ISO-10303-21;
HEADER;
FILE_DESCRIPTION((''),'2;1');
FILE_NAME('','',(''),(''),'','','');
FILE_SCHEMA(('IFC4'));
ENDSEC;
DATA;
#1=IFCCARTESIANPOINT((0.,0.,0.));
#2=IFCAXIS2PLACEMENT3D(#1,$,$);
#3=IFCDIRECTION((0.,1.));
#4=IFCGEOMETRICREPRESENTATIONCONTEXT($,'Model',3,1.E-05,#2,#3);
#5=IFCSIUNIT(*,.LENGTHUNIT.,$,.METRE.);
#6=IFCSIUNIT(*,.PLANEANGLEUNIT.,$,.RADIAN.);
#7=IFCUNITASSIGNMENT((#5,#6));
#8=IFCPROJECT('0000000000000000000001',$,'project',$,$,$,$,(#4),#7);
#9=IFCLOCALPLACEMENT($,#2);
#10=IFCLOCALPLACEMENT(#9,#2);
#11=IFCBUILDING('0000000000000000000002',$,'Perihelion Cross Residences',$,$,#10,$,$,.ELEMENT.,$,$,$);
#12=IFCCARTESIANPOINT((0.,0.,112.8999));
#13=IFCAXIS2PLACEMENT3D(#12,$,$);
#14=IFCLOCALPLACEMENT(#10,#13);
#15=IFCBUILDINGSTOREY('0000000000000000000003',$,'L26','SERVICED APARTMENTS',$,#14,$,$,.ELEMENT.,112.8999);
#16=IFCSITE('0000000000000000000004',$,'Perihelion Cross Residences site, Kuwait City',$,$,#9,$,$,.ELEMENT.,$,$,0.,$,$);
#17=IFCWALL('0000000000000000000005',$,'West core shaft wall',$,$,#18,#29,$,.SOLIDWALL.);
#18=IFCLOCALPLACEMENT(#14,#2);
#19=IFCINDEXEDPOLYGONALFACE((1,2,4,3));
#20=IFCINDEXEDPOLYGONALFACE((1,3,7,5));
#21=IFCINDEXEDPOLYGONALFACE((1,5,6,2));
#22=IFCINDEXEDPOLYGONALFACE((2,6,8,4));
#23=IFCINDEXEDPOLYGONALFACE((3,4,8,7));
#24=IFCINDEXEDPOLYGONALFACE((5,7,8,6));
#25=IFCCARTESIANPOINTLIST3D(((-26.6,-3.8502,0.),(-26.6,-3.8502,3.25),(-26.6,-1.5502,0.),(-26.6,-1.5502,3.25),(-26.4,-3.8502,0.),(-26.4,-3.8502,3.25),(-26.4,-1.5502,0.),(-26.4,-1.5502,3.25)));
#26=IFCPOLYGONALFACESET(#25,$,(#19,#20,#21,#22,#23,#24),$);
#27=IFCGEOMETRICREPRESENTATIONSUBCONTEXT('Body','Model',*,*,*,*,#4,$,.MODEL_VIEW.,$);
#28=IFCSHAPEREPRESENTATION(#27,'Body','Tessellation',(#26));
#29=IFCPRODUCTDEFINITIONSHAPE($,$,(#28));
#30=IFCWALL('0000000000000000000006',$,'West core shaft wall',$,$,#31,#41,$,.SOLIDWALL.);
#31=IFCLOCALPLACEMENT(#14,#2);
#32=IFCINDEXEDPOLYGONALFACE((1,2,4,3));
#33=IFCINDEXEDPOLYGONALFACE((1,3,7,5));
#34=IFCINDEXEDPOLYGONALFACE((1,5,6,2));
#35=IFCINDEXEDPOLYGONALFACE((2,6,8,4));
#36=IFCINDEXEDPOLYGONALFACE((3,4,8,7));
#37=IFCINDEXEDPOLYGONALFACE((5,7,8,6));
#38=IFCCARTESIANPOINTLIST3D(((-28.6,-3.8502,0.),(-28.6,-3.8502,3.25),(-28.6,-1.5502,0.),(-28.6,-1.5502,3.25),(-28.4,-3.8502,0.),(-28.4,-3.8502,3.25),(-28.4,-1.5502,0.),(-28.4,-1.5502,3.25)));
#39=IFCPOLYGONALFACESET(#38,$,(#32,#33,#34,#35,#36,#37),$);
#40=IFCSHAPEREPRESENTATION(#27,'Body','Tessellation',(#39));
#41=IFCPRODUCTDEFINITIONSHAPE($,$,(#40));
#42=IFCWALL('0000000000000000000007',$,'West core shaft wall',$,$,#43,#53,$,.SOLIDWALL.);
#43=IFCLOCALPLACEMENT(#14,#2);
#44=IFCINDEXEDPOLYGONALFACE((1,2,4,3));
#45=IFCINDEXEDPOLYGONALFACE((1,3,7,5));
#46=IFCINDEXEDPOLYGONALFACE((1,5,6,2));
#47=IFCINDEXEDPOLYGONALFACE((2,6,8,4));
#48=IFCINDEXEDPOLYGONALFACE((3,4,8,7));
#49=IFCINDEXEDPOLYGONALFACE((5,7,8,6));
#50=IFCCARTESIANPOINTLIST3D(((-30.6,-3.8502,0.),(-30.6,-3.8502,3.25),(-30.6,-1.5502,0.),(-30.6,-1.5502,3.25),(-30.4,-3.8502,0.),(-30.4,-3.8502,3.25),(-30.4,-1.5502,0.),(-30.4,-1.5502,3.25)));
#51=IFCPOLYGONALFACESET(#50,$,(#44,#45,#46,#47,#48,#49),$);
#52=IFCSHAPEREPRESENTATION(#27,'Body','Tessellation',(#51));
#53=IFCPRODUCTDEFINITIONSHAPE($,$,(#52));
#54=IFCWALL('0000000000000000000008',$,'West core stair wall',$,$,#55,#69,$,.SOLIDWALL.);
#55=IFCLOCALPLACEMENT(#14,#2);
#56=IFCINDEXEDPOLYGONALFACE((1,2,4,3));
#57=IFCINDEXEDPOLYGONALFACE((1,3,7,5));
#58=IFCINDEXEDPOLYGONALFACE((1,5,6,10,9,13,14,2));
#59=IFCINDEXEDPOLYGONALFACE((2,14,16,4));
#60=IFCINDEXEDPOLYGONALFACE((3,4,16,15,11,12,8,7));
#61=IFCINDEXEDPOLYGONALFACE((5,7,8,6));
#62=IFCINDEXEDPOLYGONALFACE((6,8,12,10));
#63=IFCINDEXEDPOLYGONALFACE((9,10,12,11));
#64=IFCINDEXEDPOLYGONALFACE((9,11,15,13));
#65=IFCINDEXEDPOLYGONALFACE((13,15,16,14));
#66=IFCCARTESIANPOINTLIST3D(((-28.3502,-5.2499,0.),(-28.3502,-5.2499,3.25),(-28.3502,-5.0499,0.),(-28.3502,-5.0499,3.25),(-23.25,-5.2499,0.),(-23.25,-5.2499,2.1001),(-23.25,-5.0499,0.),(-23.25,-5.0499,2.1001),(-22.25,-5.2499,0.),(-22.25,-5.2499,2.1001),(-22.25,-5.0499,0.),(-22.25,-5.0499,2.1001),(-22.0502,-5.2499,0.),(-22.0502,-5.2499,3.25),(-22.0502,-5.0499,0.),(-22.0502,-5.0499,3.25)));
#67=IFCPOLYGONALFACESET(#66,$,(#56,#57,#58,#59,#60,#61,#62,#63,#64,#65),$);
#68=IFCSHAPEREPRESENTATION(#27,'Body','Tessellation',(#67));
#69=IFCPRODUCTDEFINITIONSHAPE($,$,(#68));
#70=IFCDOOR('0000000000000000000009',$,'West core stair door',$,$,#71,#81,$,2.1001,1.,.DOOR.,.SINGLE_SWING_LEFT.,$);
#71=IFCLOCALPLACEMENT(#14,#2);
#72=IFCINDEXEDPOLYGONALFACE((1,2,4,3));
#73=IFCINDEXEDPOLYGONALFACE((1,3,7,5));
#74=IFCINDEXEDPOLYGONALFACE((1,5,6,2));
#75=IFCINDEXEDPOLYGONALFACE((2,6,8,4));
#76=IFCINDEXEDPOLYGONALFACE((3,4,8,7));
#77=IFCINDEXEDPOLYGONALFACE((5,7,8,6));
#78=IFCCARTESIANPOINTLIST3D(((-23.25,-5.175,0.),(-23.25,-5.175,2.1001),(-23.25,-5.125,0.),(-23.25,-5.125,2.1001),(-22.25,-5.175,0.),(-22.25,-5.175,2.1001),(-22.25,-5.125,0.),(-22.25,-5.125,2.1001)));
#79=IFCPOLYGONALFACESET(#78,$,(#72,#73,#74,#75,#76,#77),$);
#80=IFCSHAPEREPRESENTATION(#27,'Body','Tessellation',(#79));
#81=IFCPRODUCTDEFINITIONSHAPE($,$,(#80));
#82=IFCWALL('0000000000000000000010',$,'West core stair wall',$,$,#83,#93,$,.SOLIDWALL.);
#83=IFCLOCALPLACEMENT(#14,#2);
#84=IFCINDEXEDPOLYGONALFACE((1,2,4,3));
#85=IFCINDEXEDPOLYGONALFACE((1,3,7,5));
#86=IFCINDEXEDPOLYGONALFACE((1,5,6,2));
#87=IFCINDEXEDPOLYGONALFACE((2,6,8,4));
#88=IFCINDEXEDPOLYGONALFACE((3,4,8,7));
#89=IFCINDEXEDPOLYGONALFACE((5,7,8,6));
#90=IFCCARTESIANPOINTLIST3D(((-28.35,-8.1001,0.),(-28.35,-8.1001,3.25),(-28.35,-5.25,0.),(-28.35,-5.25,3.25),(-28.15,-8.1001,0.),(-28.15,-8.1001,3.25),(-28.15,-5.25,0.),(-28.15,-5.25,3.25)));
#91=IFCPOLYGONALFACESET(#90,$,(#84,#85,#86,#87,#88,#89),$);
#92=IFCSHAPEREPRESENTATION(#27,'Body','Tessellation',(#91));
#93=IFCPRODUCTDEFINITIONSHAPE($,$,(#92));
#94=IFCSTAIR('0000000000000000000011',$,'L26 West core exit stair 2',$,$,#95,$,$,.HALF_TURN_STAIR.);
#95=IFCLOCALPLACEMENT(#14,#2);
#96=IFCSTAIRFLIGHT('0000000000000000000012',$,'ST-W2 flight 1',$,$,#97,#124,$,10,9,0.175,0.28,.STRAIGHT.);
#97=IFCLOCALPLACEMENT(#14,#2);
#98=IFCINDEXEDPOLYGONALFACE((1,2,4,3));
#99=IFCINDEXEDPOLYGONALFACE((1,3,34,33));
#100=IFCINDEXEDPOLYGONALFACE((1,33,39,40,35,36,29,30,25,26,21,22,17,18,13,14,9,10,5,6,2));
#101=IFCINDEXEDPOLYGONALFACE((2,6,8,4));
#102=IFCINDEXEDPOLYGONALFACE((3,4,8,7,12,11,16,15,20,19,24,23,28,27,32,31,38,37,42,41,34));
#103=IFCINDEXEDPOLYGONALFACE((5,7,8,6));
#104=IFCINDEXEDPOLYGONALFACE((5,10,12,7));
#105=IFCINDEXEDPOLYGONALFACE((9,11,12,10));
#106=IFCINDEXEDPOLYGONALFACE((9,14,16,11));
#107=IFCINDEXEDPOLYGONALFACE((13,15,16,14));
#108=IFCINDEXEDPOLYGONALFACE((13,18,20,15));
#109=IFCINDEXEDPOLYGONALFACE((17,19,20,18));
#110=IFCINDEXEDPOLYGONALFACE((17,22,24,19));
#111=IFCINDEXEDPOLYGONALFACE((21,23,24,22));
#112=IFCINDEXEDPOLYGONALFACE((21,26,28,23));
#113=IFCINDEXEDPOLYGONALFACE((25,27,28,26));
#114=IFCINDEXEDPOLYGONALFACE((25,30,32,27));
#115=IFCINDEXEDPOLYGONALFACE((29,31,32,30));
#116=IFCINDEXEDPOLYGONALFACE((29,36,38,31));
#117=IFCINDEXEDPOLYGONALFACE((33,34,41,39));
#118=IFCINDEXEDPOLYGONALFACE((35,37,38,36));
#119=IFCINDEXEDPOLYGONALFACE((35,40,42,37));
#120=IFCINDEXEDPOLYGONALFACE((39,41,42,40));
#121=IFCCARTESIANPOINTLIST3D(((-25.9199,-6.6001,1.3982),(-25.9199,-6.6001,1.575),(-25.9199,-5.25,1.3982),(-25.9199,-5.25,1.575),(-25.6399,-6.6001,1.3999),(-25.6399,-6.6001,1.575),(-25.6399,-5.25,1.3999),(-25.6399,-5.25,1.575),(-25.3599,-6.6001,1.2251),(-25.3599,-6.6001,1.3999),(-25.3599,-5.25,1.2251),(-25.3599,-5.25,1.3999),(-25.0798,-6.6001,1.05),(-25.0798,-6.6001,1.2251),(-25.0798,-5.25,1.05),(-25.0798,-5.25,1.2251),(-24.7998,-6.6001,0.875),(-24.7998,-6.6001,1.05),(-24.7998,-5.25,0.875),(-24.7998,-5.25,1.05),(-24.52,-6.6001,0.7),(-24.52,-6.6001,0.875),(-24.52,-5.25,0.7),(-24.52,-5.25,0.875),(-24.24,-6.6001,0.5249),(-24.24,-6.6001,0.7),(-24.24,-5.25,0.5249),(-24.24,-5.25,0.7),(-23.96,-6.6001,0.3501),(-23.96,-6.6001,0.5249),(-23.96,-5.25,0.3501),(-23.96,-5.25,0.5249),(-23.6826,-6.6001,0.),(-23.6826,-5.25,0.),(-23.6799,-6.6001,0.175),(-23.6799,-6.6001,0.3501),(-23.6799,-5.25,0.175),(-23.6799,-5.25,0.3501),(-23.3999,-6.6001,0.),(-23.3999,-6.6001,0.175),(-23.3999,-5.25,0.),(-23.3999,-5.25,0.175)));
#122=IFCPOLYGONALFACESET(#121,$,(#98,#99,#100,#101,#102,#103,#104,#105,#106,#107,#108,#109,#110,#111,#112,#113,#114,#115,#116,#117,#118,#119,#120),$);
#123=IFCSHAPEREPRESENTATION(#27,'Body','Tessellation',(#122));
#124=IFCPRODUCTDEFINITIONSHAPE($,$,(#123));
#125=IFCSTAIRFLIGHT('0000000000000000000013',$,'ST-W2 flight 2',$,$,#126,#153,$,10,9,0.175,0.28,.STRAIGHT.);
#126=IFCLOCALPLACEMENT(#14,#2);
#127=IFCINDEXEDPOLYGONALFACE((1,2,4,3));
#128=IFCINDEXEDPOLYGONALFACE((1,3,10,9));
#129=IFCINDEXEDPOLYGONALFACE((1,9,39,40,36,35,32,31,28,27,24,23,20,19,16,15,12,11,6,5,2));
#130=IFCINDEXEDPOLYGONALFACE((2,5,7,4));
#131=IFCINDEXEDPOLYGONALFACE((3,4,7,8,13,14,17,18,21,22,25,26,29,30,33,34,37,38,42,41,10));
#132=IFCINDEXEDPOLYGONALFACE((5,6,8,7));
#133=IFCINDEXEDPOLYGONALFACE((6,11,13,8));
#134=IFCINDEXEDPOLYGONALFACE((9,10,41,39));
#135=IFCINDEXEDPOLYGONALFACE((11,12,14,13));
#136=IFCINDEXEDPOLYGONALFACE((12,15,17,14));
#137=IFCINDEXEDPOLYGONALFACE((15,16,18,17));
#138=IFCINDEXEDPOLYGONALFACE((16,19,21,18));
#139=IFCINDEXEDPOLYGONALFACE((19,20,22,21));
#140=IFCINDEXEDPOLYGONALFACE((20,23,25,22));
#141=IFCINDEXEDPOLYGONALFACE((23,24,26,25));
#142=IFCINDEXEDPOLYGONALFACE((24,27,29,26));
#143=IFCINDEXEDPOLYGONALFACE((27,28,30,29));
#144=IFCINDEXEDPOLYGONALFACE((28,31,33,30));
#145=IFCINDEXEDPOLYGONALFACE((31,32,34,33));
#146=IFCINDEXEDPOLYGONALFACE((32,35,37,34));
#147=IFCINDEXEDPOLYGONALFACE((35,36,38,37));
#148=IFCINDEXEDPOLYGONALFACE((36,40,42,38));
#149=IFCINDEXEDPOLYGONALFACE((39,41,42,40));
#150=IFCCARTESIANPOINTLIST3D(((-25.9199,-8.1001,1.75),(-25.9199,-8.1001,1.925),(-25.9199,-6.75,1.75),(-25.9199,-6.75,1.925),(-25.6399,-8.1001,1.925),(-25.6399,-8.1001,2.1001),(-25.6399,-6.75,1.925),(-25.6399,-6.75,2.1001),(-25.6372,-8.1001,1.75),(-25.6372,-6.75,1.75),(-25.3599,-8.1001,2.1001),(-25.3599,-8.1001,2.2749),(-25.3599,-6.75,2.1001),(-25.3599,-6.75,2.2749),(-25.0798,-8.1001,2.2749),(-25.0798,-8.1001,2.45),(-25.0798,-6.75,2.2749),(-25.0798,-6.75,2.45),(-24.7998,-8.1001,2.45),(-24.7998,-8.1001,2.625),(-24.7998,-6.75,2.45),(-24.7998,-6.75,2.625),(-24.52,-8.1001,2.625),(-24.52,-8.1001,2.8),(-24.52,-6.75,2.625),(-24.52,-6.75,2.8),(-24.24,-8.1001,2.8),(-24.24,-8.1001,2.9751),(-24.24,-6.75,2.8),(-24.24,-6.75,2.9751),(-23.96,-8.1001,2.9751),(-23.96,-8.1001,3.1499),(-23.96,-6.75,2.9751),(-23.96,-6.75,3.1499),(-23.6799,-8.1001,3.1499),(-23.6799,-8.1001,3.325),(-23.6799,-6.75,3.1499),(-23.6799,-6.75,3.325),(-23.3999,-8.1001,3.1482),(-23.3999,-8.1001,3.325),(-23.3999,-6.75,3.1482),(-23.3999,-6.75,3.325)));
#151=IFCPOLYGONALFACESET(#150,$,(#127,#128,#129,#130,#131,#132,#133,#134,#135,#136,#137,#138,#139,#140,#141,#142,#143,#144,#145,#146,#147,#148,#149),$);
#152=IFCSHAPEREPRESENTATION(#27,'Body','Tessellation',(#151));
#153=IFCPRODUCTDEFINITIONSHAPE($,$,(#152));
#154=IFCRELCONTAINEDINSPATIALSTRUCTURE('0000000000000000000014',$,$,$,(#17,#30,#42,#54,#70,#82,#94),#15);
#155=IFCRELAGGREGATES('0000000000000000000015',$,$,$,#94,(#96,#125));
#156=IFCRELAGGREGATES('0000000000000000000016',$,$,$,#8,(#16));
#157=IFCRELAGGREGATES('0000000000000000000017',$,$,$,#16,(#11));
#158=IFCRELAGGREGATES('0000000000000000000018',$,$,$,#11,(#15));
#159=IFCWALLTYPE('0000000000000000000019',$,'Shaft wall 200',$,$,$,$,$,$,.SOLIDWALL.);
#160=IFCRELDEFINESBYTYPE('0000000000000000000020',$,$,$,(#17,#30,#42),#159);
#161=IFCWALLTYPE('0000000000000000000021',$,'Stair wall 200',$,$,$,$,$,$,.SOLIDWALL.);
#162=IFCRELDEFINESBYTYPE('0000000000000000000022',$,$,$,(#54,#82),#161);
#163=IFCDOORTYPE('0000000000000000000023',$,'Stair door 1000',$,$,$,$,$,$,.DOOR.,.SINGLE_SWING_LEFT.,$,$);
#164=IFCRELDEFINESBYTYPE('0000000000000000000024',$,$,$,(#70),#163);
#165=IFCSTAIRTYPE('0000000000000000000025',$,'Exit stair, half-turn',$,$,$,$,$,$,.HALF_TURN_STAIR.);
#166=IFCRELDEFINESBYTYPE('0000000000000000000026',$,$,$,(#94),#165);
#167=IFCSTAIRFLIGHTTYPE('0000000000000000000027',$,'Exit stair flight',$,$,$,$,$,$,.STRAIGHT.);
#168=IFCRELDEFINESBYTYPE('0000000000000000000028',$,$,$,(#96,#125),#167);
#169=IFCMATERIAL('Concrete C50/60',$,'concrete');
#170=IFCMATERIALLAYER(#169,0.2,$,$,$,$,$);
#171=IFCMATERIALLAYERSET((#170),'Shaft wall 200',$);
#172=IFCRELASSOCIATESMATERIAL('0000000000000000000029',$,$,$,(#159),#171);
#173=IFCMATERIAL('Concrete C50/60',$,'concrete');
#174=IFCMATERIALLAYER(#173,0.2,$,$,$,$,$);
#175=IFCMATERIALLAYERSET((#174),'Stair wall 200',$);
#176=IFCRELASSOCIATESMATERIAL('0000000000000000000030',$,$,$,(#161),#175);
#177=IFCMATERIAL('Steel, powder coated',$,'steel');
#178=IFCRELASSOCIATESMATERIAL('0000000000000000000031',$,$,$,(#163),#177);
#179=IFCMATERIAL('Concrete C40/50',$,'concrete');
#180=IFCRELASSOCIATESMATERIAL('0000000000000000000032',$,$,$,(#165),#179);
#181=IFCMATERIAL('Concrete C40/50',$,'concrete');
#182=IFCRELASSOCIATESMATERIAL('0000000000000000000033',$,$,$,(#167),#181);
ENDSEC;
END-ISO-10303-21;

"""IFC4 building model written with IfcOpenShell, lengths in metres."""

from ifc_helpers import new_model, si_unit, direction, frame, frame_2d, origin, place, context, subcontext, project, spatial, polyline, rectangle, outline, extrude, material, layer, layer_set, type_object, element, fill, aggregate, save


model = new_model("IFC4")

# Units and contexts
model_context = context("Model", 3, precision=1e-05, world=origin(), true_north=direction((0.0, 1.0)))
body_context = subcontext(model_context, "Body", "Model", "MODEL_VIEW")
ifc_project = project(units=[si_unit("LENGTHUNIT", "METRE"), si_unit("PLANEANGLEUNIT", "RADIAN")], contexts=[model_context])

# Site, building, storey
site_placement = place(None, origin())
site = spatial("IfcSite", under=ifc_project, at=site_placement, Name="Perihelion Cross Residences site, Kuwait City", CompositionType="ELEMENT", RefElevation=0.0)
building_placement = place(site_placement, origin())
building = spatial("IfcBuilding", under=site, at=building_placement, Name="Perihelion Cross Residences", CompositionType="ELEMENT")
storey_placement = place(building_placement, frame((0.0, 0.0, 112.8999)))
storey = spatial("IfcBuildingStorey", under=building, at=storey_placement, Name="L26", Description="SERVICED APARTMENTS", CompositionType="ELEMENT", Elevation=112.8999)

# Shared definitions
ifc_material_1 = material(Name="Concrete C50/60", Category="concrete")
ifc_layer_1 = layer(ifc_material_1, 0.2)
ifc_layer_set_1 = layer_set([ifc_layer_1], Name="Shaft wall 200")
wall_type_1 = type_object("IfcWallType", Name="Shaft wall 200", PredefinedType="SOLIDWALL", material=ifc_layer_set_1)

# Walls
for number, where, z_axis, x_axis, name in (
    (1, (-26.5, -3.8501, 0.0), (0.0, 0.0, 1.0), (0.0, 1.0, 0.0), "West core shaft wall"),
    (2, (-28.5, -3.8501, 0.0), (0.0, 0.0, 1.0), (0.0, 1.0, 0.0), "West core shaft wall"),
    (3, (-30.5, -3.8501, 0.0), (0.0, 0.0, 1.0), (0.0, 1.0, 0.0), "West core shaft wall"),
):
    element("IfcWall", number, at=place(storey_placement, frame(where, z_axis=z_axis, x_axis=x_axis)), inside=storey, type_object=wall_type_1, Name=name, PredefinedType="SOLIDWALL", context=body_context, shape_type="SweptSolid", body=[
        extrude(rectangle(XDim=2.3, YDim=0.2, at=frame_2d((1.1499, 0.0))), origin(), (0.0, 0.0, 1.0), 3.25),
    ])

# Wall, opening, door
ifc_material_2 = material(Name="Concrete C50/60", Category="concrete")
ifc_layer_2 = layer(ifc_material_2, 0.2)
ifc_layer_set_2 = layer_set([ifc_layer_2], Name="Stair wall 200")
wall_type_2 = type_object("IfcWallType", Name="Stair wall 200", PredefinedType="SOLIDWALL", material=ifc_layer_set_2)
wall_1_placement = place(storey_placement, frame((-28.3501, -5.1499, 0.0), z_axis=(0.0, 0.0, 1.0), x_axis=(1.0, 0.0, 0.0)))
wall_1 = element("IfcWall", 4, at=wall_1_placement, inside=storey, type_object=wall_type_2, Name="West core stair wall", PredefinedType="SOLIDWALL", context=body_context, shape_type="SweptSolid", body=[
    extrude(rectangle(XDim=6.3, YDim=0.2, at=frame_2d((3.1499, 0.0))), origin(), (0.0, 0.0, 1.0), 3.25),
])
opening_1_placement = place(wall_1_placement, frame((5.1001, 0.0, 0.0)))
opening_1 = element("IfcOpeningElement", 5, at=opening_1_placement, cuts=wall_1, PredefinedType="OPENING", context=body_context, shape_type="SweptSolid", body=[
    extrude(rectangle(XDim=1.0, YDim=2.1001, at=frame_2d((0.5, 1.05))), frame((0.0, 0.1099, 0.0), z_axis=(0.0, -1.0, 0.0), x_axis=(1.0, 0.0, 0.0)), (0.0, 0.0, 1.0), 0.22),
])
ifc_material_3 = material(Name="Steel, powder coated", Category="steel")
door_type_1 = type_object("IfcDoorType", Name="Stair door 1000", OperationType="SINGLE_SWING_LEFT", PredefinedType="DOOR", material=ifc_material_3)
door_1_placement = place(opening_1_placement, origin())
door_1 = element("IfcDoor", 6, at=door_1_placement, inside=storey, type_object=door_type_1, Name="West core stair door", OperationType="SINGLE_SWING_LEFT", OverallHeight=2.1001, OverallWidth=1.0, PredefinedType="DOOR", context=body_context, shape_type="SweptSolid", body=[
    extrude(rectangle(XDim=1.0, YDim=2.1001, at=frame_2d((0.5, 1.05))), frame((0.0, 0.0249, 0.0), z_axis=(0.0, -1.0, 0.0), x_axis=(1.0, 0.0, 0.0)), (0.0, 0.0, 1.0), 0.05),
])
fill(opening_1, door_1)

# Wall
wall_2_placement = place(storey_placement, frame((-28.25, -8.1001, 0.0), z_axis=(0.0, 0.0, 1.0), x_axis=(0.0, 1.0, 0.0)))
element("IfcWall", 7, at=wall_2_placement, inside=storey, type_object=wall_type_2, Name="West core stair wall", PredefinedType="SOLIDWALL", context=body_context, shape_type="SweptSolid", body=[
    extrude(rectangle(XDim=2.8501, YDim=0.2, at=frame_2d((1.425, 0.0))), origin(), (0.0, 0.0, 1.0), 3.25),
])

# Stair, stair flights
ifc_material_4 = material(Name="Concrete C40/50", Category="concrete")
stair_type = type_object("IfcStairType", Name="Exit stair, half-turn", PredefinedType="HALF_TURN_STAIR", material=ifc_material_4)
stair_placement = place(storey_placement, origin())
stair = element("IfcStair", 8, at=stair_placement, inside=storey, type_object=stair_type, Name="L26 West core exit stair 2", PredefinedType="HALF_TURN_STAIR")
ifc_material_5 = material(Name="Concrete C40/50", Category="concrete")
stair_flight_type = type_object("IfcStairFlightType", Name="Exit stair flight", PredefinedType="STRAIGHT", material=ifc_material_5)
stair_flight_1_placement = place(storey_placement, frame((-23.3999, -5.925, 0.0), z_axis=(0.0, 0.0, 1.0), x_axis=(-1.0, 0.0, 0.0)))
stair_flight_1 = element("IfcStairFlight", 9, at=stair_flight_1_placement, type_object=stair_flight_type, Name="ST-W2 flight 1", NumberOfRisers=10, NumberOfTreads=9, PredefinedType="STRAIGHT", RiserHeight=0.175, TreadLength=0.28, context=body_context, shape_type="SweptSolid", body=[
    extrude(outline(polyline([(0.0, 0.0), (0.0, 0.175), (0.28, 0.175), (0.28, 0.3501), (0.5601, 0.3501), (0.5601, 0.5249), (0.8401, 0.5249), (0.8401, 0.7), (1.1201, 0.7), (1.1201, 0.875), (1.3999, 0.875), (1.3999, 1.05), (1.6799, 1.05), (1.6799, 1.2251), (1.96, 1.2251), (1.96, 1.3999), (2.24, 1.3999), (2.24, 1.575), (2.52, 1.575), (2.52, 1.75), (2.52, 1.3982), (0.2827, 0.0), (0.0, 0.0)])), frame((0.0, 0.675, 0.0), z_axis=(0.0, -1.0, 0.0), x_axis=(1.0, 0.0, 0.0)), (0.0, 0.0, 1.0), 1.3501),
])
stair_flight_2_placement = place(storey_placement, frame((-25.9199, -7.425, 1.75), z_axis=(0.0, 0.0, 1.0), x_axis=(1.0, 0.0, 0.0)))
stair_flight_2 = element("IfcStairFlight", 10, at=stair_flight_2_placement, type_object=stair_flight_type, Name="ST-W2 flight 2", NumberOfRisers=10, NumberOfTreads=9, PredefinedType="STRAIGHT", RiserHeight=0.175, TreadLength=0.28, context=body_context, shape_type="SweptSolid", body=[
    extrude(outline(polyline([(0.0, 0.0), (0.0, 0.175), (0.28, 0.175), (0.28, 0.3501), (0.5601, 0.3501), (0.5601, 0.5249), (0.8401, 0.5249), (0.8401, 0.7), (1.1201, 0.7), (1.1201, 0.875), (1.3999, 0.875), (1.3999, 1.05), (1.6799, 1.05), (1.6799, 1.2251), (1.96, 1.2251), (1.96, 1.3999), (2.24, 1.3999), (2.24, 1.575), (2.52, 1.575), (2.52, 1.75), (2.52, 1.3982), (0.2827, 0.0), (0.0, 0.0)])), frame((0.0, 0.675, 0.0), z_axis=(0.0, -1.0, 0.0), x_axis=(1.0, 0.0, 0.0)), (0.0, 0.0, 1.0), 1.3501),
])
aggregate(stair, [stair_flight_1, stair_flight_2])

save(model, "model.ifc")
